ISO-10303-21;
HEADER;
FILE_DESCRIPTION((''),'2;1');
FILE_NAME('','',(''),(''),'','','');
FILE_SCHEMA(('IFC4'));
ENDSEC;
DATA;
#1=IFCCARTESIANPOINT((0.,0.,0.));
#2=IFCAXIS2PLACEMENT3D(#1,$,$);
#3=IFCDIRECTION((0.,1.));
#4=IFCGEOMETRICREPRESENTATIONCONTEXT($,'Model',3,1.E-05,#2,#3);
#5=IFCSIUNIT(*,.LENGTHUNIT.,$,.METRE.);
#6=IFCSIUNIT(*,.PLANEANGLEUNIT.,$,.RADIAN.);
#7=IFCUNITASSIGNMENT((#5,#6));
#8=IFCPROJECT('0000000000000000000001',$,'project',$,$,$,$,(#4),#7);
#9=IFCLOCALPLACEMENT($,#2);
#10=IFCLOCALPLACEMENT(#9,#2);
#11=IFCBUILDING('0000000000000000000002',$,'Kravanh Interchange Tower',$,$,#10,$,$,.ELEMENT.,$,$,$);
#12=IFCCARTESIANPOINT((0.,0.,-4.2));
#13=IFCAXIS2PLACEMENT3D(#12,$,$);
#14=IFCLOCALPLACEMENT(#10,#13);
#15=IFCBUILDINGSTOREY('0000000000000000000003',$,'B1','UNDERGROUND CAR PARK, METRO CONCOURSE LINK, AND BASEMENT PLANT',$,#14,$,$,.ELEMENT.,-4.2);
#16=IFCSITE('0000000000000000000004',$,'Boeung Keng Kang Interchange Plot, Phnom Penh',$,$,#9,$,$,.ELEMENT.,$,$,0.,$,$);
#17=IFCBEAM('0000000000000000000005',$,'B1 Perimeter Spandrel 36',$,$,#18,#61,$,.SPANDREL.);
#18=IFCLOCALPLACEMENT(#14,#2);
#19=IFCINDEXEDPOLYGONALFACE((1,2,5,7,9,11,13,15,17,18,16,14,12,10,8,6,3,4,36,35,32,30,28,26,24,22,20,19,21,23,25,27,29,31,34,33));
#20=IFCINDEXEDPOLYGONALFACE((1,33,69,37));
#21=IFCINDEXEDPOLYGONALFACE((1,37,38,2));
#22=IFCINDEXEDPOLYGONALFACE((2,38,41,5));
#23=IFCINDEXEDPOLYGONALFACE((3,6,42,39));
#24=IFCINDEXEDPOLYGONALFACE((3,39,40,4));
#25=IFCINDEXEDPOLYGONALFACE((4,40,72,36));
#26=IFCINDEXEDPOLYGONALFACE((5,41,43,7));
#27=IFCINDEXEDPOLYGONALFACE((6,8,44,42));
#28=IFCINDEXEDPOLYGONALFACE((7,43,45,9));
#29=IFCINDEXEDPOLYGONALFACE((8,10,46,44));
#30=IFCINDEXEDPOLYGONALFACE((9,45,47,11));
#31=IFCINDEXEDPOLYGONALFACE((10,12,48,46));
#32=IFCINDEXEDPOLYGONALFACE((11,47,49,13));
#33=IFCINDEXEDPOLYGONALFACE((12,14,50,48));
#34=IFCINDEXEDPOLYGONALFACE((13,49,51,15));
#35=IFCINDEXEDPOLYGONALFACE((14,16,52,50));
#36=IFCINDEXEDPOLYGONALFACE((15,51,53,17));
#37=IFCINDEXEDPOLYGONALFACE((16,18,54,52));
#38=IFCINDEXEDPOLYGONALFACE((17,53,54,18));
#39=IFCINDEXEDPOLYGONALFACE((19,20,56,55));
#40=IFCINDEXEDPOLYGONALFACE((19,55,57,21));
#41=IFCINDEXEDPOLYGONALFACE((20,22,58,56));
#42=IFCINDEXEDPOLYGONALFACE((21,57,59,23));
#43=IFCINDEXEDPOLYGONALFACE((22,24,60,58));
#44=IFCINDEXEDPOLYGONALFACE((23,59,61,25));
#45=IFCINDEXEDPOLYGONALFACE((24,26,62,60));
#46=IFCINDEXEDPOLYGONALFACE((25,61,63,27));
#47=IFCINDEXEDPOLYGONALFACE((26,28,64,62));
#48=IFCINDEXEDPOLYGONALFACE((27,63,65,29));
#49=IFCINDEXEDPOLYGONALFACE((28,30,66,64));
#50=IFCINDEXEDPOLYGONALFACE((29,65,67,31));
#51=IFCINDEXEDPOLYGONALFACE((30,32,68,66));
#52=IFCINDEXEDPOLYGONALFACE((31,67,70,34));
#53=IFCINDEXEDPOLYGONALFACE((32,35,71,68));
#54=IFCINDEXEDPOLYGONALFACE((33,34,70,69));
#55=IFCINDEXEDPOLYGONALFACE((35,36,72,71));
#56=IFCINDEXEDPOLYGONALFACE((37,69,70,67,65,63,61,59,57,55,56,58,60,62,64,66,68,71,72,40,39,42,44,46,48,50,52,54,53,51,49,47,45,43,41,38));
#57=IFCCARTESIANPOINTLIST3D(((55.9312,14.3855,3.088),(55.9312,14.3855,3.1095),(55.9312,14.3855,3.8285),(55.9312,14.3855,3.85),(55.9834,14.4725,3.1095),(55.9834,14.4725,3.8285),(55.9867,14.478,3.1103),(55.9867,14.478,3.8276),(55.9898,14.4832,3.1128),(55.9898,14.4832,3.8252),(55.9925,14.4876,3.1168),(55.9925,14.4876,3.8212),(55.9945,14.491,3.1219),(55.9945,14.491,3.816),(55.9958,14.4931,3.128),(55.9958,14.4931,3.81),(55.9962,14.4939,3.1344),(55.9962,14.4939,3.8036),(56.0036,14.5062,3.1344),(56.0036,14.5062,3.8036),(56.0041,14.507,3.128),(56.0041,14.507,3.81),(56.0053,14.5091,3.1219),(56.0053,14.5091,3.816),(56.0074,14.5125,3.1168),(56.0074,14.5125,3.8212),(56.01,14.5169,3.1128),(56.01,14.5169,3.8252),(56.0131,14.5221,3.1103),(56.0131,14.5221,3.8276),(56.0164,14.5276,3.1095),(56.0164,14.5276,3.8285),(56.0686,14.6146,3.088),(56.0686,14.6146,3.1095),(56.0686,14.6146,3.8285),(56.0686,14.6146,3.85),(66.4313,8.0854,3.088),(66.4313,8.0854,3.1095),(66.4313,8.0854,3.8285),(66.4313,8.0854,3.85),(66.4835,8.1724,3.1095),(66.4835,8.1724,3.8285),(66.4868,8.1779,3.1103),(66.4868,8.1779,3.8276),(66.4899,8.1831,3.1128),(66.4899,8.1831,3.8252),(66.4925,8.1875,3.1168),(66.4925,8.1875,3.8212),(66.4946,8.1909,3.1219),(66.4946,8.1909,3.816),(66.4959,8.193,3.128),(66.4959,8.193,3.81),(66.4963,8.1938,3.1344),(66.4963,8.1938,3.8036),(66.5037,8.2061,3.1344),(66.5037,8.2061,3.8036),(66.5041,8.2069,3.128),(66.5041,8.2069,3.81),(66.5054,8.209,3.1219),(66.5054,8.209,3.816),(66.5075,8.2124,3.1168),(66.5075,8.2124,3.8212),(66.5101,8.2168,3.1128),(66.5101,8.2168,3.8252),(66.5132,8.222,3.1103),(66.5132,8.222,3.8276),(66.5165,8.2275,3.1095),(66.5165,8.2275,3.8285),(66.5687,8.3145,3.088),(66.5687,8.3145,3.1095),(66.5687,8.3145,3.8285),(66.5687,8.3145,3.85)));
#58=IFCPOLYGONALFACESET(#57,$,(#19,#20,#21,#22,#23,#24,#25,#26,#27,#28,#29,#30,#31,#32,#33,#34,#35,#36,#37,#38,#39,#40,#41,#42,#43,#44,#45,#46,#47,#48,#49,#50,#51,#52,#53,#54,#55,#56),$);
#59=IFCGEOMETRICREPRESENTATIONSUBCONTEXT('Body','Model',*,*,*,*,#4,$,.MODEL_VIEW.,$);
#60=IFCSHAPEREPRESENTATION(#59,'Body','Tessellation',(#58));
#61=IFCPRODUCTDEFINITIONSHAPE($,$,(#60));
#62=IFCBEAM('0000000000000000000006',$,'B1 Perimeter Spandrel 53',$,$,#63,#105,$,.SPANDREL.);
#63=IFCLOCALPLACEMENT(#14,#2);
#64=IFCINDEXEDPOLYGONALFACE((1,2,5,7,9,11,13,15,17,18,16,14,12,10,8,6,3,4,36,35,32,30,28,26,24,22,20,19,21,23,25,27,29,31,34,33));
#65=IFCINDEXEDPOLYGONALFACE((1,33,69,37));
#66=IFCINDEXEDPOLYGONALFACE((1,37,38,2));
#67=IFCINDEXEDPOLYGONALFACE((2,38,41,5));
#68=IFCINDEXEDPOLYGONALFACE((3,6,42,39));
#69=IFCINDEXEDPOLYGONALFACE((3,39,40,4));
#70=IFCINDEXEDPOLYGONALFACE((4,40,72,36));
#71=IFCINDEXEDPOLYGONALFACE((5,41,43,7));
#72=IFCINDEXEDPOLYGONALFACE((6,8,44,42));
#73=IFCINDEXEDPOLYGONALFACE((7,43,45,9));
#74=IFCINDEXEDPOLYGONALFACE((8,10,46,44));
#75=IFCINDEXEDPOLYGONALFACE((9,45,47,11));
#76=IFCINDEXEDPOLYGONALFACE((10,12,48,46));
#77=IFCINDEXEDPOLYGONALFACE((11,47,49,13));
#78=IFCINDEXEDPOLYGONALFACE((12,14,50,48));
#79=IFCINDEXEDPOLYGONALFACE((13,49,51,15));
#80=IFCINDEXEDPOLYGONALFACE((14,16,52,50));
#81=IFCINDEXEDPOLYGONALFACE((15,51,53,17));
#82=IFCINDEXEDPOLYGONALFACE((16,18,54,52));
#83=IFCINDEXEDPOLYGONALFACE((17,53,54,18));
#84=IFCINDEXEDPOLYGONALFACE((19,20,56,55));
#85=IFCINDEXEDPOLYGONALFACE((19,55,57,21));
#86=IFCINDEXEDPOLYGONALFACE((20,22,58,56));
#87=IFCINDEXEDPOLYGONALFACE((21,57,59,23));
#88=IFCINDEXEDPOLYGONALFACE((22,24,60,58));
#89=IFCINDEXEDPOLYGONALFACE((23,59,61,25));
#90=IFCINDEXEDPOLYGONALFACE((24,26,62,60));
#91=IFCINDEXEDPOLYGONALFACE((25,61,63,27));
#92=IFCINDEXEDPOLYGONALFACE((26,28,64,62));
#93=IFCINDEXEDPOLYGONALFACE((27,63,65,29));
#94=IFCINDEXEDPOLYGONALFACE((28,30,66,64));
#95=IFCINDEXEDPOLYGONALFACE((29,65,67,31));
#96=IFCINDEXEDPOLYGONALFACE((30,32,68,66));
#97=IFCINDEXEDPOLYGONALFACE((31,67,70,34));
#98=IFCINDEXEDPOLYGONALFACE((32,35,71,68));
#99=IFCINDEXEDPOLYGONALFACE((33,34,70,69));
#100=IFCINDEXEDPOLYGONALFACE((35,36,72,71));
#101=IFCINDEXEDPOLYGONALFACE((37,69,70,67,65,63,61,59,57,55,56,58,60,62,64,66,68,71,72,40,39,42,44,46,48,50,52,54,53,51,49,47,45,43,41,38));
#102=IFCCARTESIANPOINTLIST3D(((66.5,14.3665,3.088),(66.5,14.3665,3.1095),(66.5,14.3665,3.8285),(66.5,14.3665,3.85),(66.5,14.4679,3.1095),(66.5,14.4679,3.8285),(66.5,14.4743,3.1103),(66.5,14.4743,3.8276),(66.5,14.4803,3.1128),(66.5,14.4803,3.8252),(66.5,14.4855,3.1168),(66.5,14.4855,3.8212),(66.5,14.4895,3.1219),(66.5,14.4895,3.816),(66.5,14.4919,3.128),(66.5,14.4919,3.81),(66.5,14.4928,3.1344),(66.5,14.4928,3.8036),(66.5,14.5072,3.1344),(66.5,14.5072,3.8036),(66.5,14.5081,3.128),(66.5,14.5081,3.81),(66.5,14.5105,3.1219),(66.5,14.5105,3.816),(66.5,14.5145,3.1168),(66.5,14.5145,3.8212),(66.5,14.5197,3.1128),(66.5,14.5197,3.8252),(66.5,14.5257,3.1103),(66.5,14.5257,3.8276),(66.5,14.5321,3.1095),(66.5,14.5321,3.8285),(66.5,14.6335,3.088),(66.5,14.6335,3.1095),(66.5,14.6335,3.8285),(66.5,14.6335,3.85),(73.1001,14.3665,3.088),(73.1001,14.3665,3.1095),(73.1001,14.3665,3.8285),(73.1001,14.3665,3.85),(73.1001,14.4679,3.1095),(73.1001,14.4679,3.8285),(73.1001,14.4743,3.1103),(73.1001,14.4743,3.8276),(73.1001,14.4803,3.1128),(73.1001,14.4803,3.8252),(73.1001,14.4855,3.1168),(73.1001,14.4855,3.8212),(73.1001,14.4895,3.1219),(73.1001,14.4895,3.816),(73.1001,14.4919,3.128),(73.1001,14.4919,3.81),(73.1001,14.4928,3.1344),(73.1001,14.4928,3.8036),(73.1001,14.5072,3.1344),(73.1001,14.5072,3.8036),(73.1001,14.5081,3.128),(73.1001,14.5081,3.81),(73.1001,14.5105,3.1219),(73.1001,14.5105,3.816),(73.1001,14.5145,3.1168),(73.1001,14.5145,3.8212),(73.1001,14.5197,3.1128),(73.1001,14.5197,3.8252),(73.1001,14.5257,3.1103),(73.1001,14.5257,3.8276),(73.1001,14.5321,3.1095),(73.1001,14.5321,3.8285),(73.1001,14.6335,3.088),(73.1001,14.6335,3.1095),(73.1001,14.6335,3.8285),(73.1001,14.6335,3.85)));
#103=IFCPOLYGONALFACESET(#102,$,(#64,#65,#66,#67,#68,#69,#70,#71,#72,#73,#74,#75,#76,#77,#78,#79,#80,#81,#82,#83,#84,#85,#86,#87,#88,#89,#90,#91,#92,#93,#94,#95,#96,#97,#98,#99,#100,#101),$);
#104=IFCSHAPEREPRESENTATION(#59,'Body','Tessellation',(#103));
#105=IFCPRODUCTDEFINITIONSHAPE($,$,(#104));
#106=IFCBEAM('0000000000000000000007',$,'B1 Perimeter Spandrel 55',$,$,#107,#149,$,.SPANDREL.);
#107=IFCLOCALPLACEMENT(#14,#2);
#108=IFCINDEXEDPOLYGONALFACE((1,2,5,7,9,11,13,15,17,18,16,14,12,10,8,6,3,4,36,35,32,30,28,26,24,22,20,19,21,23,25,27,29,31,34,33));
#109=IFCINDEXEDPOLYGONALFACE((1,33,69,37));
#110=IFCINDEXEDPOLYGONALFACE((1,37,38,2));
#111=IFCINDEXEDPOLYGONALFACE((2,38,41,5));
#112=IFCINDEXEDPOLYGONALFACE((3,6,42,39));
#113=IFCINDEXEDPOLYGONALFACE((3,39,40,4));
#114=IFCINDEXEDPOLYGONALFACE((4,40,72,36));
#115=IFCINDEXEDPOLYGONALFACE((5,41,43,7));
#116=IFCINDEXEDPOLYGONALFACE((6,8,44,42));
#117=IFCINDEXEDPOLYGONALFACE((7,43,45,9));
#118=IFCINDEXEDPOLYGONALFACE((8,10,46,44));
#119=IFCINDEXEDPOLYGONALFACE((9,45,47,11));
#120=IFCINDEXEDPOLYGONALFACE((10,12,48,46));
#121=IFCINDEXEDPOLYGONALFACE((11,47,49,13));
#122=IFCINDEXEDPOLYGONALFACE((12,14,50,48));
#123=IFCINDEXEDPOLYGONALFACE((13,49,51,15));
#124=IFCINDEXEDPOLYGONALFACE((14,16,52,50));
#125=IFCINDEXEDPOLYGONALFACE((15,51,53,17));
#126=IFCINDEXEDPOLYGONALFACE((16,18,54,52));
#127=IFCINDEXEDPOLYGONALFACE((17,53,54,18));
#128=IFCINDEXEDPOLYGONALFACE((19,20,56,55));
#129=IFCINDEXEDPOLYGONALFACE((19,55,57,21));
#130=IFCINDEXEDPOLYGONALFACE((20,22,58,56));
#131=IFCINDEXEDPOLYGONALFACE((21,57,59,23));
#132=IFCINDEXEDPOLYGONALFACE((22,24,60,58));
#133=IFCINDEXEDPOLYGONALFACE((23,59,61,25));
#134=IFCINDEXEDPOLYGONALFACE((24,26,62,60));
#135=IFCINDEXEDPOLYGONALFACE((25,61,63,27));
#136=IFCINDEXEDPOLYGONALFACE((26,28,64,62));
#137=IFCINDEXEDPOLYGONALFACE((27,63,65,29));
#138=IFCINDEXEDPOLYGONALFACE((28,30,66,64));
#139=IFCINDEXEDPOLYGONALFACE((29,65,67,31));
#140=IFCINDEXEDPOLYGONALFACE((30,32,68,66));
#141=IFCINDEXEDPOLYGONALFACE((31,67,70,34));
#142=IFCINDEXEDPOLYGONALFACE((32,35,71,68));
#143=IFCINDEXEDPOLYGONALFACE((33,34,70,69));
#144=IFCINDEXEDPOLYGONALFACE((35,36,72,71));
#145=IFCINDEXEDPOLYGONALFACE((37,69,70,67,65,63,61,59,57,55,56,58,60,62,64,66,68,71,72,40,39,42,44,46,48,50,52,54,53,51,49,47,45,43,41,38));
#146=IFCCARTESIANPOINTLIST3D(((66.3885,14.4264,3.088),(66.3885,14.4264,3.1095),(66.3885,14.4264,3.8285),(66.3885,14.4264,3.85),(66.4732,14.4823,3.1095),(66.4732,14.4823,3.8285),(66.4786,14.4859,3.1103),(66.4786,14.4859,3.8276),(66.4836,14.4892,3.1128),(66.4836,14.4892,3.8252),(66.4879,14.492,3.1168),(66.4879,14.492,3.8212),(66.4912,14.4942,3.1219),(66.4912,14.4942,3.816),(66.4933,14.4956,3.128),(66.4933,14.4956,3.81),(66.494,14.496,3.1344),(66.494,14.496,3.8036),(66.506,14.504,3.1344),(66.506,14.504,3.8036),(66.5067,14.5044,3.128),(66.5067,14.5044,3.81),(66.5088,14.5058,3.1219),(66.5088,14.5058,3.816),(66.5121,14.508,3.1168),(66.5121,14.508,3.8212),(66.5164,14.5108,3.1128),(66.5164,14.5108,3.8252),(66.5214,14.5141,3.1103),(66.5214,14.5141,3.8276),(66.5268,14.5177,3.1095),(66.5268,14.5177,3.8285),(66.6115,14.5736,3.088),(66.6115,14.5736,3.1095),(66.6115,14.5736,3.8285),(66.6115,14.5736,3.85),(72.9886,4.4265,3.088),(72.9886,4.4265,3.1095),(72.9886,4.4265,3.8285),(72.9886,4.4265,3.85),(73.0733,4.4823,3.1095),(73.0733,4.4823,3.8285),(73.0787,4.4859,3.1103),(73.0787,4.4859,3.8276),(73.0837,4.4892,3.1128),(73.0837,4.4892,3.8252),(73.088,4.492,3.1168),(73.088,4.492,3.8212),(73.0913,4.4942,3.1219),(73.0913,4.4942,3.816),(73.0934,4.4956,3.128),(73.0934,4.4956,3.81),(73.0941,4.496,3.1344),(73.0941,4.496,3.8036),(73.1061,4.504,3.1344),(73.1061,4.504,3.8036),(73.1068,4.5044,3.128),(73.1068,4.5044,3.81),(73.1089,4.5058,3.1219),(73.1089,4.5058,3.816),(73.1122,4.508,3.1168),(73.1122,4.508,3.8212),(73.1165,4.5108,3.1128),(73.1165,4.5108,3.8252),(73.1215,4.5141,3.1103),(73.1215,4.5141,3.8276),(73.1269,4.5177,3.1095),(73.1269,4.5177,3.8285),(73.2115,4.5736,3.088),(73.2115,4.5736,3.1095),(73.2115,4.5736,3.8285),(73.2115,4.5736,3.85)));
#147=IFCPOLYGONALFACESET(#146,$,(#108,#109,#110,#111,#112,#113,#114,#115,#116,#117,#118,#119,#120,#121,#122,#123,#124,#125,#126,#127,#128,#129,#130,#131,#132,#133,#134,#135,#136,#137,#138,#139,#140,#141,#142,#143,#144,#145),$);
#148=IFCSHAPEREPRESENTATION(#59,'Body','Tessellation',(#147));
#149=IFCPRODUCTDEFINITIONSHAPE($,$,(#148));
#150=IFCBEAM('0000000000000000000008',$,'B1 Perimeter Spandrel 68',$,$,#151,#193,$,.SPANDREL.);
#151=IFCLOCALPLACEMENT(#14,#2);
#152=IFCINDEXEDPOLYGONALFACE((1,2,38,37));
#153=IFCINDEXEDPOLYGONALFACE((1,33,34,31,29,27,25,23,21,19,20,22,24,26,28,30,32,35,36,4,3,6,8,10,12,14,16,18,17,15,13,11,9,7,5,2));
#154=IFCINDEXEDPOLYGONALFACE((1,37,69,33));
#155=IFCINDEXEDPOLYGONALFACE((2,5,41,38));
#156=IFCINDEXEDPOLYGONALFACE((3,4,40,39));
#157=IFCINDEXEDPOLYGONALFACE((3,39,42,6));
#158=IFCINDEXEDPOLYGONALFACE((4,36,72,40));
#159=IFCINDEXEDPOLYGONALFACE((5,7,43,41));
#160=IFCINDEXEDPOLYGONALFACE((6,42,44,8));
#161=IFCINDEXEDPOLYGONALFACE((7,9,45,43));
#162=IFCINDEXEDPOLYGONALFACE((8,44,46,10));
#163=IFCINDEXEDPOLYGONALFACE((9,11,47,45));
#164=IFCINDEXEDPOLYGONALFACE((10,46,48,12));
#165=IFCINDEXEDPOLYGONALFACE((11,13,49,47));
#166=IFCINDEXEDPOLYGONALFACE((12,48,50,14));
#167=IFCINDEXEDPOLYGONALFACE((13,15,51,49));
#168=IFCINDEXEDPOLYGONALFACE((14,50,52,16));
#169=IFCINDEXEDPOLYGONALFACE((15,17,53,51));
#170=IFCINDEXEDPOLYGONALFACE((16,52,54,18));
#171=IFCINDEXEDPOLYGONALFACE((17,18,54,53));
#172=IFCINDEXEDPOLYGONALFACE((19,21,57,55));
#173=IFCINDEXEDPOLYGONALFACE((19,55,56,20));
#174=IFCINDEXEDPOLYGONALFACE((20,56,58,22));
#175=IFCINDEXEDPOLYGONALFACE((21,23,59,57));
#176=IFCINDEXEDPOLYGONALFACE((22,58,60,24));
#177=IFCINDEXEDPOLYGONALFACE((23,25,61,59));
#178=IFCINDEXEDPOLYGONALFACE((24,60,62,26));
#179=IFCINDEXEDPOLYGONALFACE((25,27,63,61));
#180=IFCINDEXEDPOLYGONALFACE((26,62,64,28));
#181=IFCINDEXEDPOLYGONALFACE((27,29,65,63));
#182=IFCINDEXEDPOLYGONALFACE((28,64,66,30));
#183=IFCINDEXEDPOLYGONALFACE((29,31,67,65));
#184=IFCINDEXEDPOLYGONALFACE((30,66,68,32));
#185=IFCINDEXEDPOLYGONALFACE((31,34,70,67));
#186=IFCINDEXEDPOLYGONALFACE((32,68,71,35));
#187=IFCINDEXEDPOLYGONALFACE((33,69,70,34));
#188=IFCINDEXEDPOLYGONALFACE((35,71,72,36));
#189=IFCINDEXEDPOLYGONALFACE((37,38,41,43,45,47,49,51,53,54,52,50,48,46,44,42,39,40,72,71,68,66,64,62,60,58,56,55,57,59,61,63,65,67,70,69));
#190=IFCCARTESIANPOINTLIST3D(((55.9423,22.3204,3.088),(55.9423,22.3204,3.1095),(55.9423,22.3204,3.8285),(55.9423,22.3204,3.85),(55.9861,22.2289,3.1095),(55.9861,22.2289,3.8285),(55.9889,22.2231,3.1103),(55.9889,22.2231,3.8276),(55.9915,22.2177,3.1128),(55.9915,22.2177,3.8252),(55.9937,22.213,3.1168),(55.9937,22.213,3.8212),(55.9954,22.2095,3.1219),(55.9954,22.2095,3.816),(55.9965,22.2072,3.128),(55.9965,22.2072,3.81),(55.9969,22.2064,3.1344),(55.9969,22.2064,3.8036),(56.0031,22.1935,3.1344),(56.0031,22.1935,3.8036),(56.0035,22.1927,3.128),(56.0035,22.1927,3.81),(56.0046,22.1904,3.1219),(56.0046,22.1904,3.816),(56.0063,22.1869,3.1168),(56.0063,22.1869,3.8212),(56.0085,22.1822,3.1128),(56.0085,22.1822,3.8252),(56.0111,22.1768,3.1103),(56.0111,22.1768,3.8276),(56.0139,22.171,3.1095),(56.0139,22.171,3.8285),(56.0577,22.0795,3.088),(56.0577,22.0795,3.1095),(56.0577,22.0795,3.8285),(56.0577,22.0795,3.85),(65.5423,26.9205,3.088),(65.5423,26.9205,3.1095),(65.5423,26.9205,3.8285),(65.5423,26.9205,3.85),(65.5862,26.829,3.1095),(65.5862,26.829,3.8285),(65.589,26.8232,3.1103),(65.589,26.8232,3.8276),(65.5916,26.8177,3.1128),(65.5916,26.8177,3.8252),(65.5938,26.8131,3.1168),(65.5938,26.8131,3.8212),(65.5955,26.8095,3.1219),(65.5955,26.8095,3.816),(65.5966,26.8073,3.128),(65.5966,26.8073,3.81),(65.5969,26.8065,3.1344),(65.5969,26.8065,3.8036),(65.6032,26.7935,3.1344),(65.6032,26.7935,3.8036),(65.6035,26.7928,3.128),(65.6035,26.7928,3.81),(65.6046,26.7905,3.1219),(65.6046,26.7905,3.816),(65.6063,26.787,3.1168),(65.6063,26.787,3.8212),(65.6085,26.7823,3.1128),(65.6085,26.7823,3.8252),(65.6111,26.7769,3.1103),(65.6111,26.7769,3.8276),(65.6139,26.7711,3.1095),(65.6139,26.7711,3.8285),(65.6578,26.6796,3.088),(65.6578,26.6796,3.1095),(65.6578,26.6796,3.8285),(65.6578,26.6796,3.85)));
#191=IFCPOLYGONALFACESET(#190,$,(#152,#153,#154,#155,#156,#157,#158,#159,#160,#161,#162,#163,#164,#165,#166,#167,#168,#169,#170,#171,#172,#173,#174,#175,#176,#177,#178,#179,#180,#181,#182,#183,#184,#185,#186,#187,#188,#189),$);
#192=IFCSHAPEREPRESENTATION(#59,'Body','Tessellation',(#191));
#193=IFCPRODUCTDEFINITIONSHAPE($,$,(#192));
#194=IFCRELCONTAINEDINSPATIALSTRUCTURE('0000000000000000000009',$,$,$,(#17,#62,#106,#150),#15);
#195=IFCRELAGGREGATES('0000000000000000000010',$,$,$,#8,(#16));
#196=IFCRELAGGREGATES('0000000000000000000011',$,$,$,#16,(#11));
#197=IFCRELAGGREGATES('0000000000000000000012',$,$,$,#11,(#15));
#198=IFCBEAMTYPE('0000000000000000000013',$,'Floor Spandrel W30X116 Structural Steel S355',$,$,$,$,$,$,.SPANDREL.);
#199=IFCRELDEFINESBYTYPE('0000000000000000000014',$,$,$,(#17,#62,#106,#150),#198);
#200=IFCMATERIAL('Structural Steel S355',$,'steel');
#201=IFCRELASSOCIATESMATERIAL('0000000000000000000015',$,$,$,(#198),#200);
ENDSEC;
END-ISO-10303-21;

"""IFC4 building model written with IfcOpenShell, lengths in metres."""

from ifc_helpers import new_model, si_unit, direction, frame, origin, origin_2d, place, context, subcontext, project, spatial, i_section, extrude, material, material_profile, profile_set, type_object, element, save


model = new_model("IFC4")

# Units and contexts
model_context = context("Model", 3, precision=1e-05, world=origin(), true_north=direction((0.0, 1.0)))
body_context = subcontext(model_context, "Body", "Model", "MODEL_VIEW")
ifc_project = project(units=[si_unit("LENGTHUNIT", "METRE"), si_unit("PLANEANGLEUNIT", "RADIAN")], contexts=[model_context])

# Site, building, storey
site_placement = place(None, origin())
site = spatial("IfcSite", under=ifc_project, at=site_placement, Name="Boeung Keng Kang Interchange Plot, Phnom Penh", CompositionType="ELEMENT", RefElevation=0.0)
building_placement = place(site_placement, origin())
building = spatial("IfcBuilding", under=site, at=building_placement, Name="Kravanh Interchange Tower", CompositionType="ELEMENT")
storey_placement = place(building_placement, frame((0.0, 0.0, -4.2)))
storey = spatial("IfcBuildingStorey", under=building, at=storey_placement, Name="B1", Description="UNDERGROUND CAR PARK, METRO CONCOURSE LINK, AND BASEMENT PLANT", CompositionType="ELEMENT", Elevation=-4.2)

# Beams
ifc_material_1 = material(Name="Structural Steel S355", Category="steel")
ifc_material_profile_1 = material_profile(ifc_material_1, i_section(OverallWidth=0.2671, OverallDepth=0.762, WebThickness=0.0144, FlangeThickness=0.0215, FilletRadius=0.0249, at=origin_2d()), Name="W30X116")
ifc_profile_set_1 = profile_set([ifc_material_profile_1], Name="Structural Steel S355")
beam_type_1 = type_object("IfcBeamType", Name="Floor Spandrel W30X116 Structural Steel S355", PredefinedType="SPANDREL", material=ifc_profile_set_1)
beam_1_placement = place(storey_placement, frame((66.5, 8.2, 3.469), z_axis=(-0.857491, 0.514499, 0.0), x_axis=(-0.514499, -0.857491, 0.0)))
element("IfcBeam", 1, at=beam_1_placement, inside=storey, type_object=beam_type_1, Name="B1 Perimeter Spandrel 36", PredefinedType="SPANDREL", context=body_context, shape_type="SweptSolid", body=[
    extrude(i_section(OverallWidth=0.2671, OverallDepth=0.762, WebThickness=0.0144, FlangeThickness=0.0215, FilletRadius=0.0249, at=origin_2d()), origin(), (0.0, 0.0, 1.0), 12.2451),
])
beam_2_placement = place(storey_placement, frame((66.5, 14.5, 3.469), z_axis=(1.0, 0.0, 0.0), x_axis=(0.0, 1.0, 0.0)))
element("IfcBeam", 2, at=beam_2_placement, inside=storey, type_object=beam_type_1, Name="B1 Perimeter Spandrel 53", PredefinedType="SPANDREL", context=body_context, shape_type="SweptSolid", body=[
    extrude(i_section(OverallWidth=0.2671, OverallDepth=0.762, WebThickness=0.0144, FlangeThickness=0.0215, FilletRadius=0.0249, at=origin_2d()), origin(), (0.0, 0.0, 1.0), 6.6001),
])
beam_3_placement = place(storey_placement, frame((66.5, 14.5, 3.469), z_axis=(0.550848, -0.834606, 0.0), x_axis=(0.834606, 0.550848, 0.0)))
element("IfcBeam", 3, at=beam_3_placement, inside=storey, type_object=beam_type_1, Name="B1 Perimeter Spandrel 55", PredefinedType="SPANDREL", context=body_context, shape_type="SweptSolid", body=[
    extrude(i_section(OverallWidth=0.2671, OverallDepth=0.762, WebThickness=0.0144, FlangeThickness=0.0215, FilletRadius=0.0249, at=origin_2d()), origin(), (0.0, 0.0, 1.0), 11.9817),
])
beam_4_placement = place(storey_placement, frame((56.0, 22.2, 3.469), z_axis=(0.901814, 0.432124, 0.0), x_axis=(-0.432124, 0.901814, 0.0)))
element("IfcBeam", 4, at=beam_4_placement, inside=storey, type_object=beam_type_1, Name="B1 Perimeter Spandrel 68", PredefinedType="SPANDREL", context=body_context, shape_type="SweptSolid", body=[
    extrude(i_section(OverallWidth=0.2671, OverallDepth=0.762, WebThickness=0.0144, FlangeThickness=0.0215, FilletRadius=0.0249, at=origin_2d()), origin(), (0.0, 0.0, 1.0), 10.6453),
])

save(model, "model.ifc")
